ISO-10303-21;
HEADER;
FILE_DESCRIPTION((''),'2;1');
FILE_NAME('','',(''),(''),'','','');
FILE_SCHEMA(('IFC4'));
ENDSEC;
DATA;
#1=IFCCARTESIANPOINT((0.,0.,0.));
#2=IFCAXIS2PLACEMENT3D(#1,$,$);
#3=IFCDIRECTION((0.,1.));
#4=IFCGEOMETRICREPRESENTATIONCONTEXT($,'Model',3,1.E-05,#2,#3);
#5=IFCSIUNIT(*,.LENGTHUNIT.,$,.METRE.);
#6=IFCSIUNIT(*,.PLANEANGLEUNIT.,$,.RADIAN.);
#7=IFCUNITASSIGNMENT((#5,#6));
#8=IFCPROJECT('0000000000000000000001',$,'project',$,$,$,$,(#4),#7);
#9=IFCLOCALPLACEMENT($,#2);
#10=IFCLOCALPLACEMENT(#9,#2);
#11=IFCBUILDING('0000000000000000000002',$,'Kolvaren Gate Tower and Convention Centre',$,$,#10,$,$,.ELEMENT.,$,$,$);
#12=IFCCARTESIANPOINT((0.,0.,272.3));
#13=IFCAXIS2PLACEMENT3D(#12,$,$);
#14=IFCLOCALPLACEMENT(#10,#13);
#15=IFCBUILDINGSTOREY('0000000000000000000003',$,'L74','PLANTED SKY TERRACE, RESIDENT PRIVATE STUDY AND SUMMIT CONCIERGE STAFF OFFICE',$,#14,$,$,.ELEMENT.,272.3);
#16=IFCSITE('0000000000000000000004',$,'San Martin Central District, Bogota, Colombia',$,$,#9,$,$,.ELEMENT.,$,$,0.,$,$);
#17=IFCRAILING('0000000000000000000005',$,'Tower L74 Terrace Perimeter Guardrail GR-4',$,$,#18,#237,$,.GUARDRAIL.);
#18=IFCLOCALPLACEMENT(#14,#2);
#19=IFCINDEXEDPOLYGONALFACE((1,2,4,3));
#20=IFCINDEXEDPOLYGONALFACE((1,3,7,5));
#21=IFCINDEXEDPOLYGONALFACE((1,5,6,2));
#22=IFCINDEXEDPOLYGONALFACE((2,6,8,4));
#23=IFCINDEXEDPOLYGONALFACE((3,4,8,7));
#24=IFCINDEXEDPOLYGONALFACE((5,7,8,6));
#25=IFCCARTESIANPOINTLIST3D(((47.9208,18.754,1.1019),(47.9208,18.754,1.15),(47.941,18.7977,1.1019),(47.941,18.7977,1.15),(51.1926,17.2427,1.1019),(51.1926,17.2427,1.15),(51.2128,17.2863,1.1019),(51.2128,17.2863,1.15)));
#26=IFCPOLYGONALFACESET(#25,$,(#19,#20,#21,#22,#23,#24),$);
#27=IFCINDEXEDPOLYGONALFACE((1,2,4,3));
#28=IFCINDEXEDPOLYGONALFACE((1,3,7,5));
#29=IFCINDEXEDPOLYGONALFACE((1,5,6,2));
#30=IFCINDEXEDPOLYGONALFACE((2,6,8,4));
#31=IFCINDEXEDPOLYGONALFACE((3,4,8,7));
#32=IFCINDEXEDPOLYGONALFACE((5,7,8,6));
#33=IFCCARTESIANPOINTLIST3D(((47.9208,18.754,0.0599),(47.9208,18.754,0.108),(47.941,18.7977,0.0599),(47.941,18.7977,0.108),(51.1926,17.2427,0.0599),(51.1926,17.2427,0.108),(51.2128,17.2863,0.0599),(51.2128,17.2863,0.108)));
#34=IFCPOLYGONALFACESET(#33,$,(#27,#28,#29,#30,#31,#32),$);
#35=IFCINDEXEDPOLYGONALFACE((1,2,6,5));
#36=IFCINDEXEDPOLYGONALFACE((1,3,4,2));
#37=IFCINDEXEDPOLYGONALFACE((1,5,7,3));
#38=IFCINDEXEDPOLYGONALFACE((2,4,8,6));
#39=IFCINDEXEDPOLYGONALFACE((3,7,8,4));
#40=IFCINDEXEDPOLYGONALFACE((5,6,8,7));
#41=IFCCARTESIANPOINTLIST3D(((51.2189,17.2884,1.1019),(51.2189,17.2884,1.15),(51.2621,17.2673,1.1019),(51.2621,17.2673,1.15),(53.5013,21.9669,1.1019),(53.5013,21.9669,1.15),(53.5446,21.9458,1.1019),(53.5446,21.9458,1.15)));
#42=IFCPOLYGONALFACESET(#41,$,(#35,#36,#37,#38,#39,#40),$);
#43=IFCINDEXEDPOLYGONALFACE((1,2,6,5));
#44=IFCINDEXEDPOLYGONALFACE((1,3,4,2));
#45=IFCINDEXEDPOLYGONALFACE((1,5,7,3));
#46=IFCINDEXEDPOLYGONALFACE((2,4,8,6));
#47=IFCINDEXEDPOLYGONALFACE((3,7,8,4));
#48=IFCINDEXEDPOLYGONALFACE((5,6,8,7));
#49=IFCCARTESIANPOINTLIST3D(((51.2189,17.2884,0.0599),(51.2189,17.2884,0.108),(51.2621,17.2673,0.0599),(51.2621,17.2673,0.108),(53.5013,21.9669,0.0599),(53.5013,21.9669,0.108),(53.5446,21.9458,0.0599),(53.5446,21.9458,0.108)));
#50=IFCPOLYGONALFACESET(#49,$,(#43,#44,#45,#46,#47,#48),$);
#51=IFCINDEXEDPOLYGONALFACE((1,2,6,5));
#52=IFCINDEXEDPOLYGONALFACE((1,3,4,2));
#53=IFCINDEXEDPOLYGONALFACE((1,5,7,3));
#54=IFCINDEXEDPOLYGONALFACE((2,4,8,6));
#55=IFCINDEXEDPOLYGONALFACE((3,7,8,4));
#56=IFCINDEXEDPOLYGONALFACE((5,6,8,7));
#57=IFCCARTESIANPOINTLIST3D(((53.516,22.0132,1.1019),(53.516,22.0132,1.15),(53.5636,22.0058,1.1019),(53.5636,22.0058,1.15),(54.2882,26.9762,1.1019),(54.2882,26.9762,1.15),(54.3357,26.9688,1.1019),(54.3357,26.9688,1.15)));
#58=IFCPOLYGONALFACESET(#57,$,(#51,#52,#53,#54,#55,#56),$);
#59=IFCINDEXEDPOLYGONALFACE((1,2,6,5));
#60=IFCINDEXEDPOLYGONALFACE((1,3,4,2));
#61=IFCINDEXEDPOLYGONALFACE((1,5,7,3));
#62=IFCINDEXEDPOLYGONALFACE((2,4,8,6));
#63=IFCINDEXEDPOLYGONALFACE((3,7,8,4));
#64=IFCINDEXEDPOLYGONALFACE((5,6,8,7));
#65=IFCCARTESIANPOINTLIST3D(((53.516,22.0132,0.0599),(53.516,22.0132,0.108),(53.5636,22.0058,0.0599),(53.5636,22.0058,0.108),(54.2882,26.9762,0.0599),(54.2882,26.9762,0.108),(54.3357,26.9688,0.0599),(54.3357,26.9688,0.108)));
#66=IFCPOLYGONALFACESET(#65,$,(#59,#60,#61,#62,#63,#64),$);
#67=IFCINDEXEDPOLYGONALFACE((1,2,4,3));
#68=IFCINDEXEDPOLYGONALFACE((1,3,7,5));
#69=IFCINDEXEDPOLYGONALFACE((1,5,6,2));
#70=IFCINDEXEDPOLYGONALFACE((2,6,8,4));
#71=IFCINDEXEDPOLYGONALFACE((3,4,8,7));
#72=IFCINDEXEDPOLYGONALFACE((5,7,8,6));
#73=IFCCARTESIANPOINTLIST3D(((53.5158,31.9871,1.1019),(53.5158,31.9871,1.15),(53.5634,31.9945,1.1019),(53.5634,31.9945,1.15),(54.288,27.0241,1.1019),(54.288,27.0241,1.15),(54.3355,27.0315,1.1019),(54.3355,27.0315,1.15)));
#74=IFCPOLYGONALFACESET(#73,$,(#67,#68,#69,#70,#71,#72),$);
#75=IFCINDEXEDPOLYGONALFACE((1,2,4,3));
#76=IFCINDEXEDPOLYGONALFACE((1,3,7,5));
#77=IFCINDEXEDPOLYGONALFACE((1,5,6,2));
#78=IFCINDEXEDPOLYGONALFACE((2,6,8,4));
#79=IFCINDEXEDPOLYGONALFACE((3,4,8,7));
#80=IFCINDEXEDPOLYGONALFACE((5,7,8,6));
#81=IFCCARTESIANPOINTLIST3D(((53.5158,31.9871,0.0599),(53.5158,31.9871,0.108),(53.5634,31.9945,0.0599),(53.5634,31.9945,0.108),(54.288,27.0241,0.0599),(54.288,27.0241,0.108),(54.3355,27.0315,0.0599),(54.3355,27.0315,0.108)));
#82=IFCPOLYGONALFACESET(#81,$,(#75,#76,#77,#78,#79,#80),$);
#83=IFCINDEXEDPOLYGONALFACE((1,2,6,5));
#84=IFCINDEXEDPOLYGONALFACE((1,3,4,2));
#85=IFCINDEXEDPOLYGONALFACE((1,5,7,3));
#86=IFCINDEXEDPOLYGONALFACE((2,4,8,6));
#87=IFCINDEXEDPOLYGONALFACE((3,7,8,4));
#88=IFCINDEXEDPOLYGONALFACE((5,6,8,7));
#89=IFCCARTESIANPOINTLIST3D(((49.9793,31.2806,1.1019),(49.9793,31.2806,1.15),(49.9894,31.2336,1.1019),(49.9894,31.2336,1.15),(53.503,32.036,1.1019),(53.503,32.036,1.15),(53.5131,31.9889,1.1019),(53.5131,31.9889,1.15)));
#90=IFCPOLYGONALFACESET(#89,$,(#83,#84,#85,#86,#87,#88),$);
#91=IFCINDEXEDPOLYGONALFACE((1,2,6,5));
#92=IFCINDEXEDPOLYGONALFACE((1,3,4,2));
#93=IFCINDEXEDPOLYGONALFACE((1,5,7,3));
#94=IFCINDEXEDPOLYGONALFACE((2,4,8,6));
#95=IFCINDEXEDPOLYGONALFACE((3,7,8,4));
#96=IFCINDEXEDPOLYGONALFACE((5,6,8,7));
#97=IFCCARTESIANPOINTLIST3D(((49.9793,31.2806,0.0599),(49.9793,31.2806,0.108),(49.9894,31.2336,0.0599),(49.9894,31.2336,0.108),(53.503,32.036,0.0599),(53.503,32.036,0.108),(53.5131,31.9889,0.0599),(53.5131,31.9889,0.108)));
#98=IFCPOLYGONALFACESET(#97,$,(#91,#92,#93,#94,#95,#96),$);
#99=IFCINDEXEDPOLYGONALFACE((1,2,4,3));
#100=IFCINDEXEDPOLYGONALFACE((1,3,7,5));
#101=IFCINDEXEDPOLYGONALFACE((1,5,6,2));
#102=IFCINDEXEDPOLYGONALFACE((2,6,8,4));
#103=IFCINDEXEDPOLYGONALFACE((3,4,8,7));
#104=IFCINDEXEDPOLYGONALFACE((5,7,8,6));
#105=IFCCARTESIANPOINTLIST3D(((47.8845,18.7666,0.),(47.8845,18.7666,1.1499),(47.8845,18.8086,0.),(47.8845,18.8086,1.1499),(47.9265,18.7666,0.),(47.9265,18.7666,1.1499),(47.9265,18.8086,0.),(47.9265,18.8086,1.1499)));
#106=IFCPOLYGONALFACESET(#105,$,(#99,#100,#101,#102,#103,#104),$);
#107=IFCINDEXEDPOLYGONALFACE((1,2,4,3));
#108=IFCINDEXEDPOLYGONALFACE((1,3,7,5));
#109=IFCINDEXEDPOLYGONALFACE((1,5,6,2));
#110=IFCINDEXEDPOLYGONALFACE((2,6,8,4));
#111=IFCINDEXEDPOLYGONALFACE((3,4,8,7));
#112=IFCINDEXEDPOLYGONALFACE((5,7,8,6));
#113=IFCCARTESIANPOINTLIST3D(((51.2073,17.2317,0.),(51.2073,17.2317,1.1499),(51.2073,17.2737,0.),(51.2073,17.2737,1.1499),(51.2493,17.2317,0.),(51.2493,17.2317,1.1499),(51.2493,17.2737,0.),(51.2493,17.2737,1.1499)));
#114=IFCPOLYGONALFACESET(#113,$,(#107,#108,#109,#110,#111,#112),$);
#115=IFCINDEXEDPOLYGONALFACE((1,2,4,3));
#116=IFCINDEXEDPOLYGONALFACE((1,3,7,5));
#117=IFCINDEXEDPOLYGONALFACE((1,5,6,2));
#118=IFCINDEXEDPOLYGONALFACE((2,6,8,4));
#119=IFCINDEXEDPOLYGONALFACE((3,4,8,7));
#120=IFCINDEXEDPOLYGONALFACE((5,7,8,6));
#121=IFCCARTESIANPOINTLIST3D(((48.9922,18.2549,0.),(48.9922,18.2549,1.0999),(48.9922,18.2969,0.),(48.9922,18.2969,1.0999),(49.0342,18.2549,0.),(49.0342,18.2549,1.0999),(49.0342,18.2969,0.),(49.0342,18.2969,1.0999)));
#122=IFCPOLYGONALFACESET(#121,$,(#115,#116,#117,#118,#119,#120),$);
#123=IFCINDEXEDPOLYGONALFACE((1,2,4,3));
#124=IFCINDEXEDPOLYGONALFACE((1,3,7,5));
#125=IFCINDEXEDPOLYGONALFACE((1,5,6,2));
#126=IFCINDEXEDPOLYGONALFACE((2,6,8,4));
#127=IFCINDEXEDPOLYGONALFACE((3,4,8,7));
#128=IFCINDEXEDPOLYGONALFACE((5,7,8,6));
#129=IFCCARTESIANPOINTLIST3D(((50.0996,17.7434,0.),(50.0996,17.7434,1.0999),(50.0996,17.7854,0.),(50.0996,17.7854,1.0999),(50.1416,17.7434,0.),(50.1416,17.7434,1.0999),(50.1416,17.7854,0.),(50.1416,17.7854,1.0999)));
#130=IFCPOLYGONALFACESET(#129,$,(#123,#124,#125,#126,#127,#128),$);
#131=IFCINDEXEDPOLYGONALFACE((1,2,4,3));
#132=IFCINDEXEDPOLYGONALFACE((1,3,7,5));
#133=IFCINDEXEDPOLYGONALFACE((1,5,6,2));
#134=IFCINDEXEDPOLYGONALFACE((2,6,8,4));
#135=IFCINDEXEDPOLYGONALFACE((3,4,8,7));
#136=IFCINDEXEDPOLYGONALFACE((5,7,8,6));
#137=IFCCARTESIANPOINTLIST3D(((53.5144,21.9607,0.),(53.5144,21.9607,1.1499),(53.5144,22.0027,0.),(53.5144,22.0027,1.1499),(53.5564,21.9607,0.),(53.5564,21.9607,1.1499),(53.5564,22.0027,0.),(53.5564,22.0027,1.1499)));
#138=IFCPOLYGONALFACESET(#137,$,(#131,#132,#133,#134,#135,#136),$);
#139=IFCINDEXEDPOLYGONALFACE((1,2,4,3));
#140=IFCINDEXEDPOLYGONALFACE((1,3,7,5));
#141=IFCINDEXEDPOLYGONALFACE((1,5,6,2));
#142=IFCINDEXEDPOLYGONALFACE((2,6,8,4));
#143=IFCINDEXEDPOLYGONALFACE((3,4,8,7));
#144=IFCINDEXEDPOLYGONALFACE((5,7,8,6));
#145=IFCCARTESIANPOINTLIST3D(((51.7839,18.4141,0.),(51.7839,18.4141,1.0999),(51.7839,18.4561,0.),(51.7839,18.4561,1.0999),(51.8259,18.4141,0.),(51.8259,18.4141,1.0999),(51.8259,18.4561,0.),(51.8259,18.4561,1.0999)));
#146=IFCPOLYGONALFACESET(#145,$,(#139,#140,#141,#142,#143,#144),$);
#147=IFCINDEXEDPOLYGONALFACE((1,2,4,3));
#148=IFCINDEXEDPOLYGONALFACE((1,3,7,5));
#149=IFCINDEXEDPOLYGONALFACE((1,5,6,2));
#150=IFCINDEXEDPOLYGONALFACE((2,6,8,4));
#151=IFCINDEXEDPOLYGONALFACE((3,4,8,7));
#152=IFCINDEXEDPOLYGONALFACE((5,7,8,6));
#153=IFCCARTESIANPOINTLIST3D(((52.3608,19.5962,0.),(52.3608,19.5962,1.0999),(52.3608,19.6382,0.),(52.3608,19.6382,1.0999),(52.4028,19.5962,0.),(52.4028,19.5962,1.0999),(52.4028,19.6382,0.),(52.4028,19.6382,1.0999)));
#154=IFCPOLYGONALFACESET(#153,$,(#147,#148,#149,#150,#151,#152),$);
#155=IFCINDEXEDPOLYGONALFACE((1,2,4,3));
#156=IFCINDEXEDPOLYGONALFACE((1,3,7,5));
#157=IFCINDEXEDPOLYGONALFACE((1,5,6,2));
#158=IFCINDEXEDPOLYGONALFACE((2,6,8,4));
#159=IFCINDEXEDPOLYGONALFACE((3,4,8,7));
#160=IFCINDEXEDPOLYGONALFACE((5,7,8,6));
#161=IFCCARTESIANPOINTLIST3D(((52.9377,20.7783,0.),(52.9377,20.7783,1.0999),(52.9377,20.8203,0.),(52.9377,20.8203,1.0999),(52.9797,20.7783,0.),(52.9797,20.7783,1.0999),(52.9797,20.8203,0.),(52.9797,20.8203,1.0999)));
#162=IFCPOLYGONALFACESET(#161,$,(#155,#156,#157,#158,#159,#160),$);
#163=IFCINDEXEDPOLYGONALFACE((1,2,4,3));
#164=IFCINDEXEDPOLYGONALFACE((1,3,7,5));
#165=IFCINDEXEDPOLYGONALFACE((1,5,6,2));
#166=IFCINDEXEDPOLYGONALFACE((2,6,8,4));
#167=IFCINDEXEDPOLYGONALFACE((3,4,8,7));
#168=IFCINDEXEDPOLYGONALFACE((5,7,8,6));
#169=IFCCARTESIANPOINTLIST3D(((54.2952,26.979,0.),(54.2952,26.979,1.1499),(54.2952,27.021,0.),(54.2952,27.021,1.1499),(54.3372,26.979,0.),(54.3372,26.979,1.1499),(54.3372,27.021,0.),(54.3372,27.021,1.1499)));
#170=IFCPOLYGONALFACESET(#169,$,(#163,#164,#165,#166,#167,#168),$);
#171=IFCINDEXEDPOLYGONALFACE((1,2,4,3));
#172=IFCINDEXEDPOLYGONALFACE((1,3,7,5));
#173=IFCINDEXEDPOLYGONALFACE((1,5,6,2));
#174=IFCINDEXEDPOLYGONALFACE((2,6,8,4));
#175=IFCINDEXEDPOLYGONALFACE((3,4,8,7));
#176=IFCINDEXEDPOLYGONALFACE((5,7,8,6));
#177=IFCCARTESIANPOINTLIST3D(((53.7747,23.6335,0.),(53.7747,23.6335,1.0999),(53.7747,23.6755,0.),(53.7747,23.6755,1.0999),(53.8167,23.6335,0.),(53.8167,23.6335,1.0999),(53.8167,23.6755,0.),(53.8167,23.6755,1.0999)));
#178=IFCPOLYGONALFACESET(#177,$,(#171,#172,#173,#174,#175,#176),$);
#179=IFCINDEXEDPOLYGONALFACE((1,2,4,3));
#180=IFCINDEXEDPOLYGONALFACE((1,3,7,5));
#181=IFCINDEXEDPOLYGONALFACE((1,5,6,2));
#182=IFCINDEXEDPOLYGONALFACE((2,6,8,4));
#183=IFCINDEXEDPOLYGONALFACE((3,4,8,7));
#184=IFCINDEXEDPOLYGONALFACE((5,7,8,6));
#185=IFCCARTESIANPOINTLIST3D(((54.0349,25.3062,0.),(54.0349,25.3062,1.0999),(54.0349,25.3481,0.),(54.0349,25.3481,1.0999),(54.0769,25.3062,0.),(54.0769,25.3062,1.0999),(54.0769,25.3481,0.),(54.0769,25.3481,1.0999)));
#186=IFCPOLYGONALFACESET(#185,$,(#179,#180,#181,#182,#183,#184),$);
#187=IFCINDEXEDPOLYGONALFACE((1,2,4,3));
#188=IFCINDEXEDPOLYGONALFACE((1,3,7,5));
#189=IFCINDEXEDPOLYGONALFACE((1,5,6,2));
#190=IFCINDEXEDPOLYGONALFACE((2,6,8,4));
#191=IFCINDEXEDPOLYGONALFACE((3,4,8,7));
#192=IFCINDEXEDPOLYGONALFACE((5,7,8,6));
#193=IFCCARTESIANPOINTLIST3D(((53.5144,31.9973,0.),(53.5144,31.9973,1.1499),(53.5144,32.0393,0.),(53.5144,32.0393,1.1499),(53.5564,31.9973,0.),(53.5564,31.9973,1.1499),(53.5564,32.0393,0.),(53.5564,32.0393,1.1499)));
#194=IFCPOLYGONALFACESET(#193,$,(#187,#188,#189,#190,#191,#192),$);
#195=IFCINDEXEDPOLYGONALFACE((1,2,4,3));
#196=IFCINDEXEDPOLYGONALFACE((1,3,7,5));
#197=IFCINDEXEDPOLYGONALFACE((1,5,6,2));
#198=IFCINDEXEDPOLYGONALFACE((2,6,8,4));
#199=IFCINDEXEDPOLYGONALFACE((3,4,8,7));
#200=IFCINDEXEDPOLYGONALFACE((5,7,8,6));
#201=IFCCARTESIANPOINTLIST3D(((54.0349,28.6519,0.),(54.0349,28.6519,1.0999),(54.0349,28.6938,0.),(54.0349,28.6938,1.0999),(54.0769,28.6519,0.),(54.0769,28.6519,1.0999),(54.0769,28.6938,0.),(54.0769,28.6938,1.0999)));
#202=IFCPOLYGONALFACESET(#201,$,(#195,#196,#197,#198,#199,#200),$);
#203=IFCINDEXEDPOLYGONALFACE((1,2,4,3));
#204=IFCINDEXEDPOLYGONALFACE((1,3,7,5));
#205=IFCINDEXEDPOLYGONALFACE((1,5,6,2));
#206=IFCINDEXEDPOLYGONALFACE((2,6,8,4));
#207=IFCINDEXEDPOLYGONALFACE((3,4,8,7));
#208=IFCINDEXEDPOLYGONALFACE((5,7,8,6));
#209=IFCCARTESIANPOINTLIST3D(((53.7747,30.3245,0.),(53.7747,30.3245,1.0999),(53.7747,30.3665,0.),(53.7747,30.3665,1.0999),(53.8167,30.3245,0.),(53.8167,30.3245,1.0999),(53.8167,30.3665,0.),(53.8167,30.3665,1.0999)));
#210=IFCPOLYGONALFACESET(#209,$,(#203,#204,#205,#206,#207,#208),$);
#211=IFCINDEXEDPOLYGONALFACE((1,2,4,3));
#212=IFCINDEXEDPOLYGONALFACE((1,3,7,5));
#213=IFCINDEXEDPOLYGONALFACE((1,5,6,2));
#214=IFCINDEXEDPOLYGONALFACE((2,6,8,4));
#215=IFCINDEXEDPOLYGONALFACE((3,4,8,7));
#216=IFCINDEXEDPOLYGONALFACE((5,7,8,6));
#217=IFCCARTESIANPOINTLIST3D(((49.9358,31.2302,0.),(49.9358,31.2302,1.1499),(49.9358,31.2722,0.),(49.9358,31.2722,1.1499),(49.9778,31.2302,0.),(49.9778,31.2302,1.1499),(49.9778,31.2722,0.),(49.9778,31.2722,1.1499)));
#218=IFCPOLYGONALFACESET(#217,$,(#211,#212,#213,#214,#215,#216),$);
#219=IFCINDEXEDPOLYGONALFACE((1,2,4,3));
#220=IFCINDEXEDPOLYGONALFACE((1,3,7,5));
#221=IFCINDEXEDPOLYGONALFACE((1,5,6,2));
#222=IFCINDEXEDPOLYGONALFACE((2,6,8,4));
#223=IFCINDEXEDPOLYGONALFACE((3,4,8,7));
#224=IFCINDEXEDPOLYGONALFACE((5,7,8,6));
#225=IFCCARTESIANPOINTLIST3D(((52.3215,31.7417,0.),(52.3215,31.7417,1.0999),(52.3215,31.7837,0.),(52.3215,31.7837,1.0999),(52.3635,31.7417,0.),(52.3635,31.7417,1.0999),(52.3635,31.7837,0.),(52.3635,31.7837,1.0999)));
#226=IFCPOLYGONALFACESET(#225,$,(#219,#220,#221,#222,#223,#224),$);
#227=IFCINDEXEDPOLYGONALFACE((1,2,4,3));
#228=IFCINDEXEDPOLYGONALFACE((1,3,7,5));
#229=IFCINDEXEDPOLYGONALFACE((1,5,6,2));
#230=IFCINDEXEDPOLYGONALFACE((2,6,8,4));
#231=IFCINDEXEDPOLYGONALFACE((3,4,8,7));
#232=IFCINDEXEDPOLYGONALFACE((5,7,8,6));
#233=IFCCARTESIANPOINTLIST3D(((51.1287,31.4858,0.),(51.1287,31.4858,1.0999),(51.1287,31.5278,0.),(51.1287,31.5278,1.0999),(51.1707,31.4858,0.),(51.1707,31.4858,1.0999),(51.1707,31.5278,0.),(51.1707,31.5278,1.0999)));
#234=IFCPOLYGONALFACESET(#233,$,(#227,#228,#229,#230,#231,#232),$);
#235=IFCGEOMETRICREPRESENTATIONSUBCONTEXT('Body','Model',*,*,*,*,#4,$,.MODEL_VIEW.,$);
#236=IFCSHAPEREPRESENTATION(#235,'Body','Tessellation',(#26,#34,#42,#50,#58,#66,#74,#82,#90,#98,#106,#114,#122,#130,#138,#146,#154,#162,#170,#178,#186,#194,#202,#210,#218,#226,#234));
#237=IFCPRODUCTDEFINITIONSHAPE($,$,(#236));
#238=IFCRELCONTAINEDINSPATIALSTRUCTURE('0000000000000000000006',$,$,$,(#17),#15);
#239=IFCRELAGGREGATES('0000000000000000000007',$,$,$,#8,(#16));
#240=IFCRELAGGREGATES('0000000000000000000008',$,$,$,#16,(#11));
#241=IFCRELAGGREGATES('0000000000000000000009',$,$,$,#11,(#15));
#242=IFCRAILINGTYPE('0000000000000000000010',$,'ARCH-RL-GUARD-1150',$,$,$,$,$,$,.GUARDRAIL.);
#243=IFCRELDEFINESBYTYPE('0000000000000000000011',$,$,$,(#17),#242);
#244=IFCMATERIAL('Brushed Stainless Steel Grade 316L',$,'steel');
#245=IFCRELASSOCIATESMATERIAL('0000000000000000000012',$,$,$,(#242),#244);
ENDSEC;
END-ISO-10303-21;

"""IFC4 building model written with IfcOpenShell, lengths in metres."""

from ifc_helpers import new_model, si_unit, direction, frame, origin, origin_2d, place, context, subcontext, project, spatial, rectangle, extrude, material, type_object, element, save


model = new_model("IFC4")

# Units and contexts
model_context = context("Model", 3, precision=1e-05, world=origin(), true_north=direction((0.0, 1.0)))
body_context = subcontext(model_context, "Body", "Model", "MODEL_VIEW")
ifc_project = project(units=[si_unit("LENGTHUNIT", "METRE"), si_unit("PLANEANGLEUNIT", "RADIAN")], contexts=[model_context])

# Site, building, storey
site_placement = place(None, origin())
site = spatial("IfcSite", under=ifc_project, at=site_placement, Name="San Martin Central District, Bogota, Colombia", CompositionType="ELEMENT", RefElevation=0.0)
building_placement = place(site_placement, origin())
building = spatial("IfcBuilding", under=site, at=building_placement, Name="Kolvaren Gate Tower and Convention Centre", CompositionType="ELEMENT")
storey_placement = place(building_placement, frame((0.0, 0.0, 272.3)))
storey = spatial("IfcBuildingStorey", under=building, at=storey_placement, Name="L74", Description="PLANTED SKY TERRACE, RESIDENT PRIVATE STUDY AND SUMMIT CONCIERGE STAFF OFFICE", CompositionType="ELEMENT", Elevation=272.3)

# Railing
ifc_material_1 = material(Name="Brushed Stainless Steel Grade 316L", Category="steel")
railing_type = type_object("IfcRailingType", Name="ARCH-RL-GUARD-1150", PredefinedType="GUARDRAIL", material=ifc_material_1)
railing_placement = place(storey_placement, frame((47.9055, 18.7876, 0.0)))
element("IfcRailing", 1, at=railing_placement, inside=storey, type_object=railing_type, Name="Tower L74 Terrace Perimeter Guardrail GR-4", PredefinedType="GUARDRAIL", context=body_context, shape_type="SweptSolid", body=[
    extrude(rectangle(XDim=0.0481, YDim=0.0481, at=origin_2d()), frame((0.0254, -0.0117, 1.126), z_axis=(0.907821, -0.419358, 0.0), x_axis=(0.419358, 0.907821, 0.0)), (0.0, 0.0, 1.0), 3.604),
    extrude(rectangle(XDim=0.0481, YDim=0.0481, at=origin_2d()), frame((0.0254, -0.0117, 0.084), z_axis=(0.907821, -0.419358, 0.0), x_axis=(0.419358, 0.907821, 0.0)), (0.0, 0.0, 1.0), 3.604),
    extrude(rectangle(XDim=0.0481, YDim=0.0481, at=origin_2d()), frame((3.335, -1.5098, 1.126), z_axis=(0.438469, 0.898746, 0.0), x_axis=(-0.898746, 0.438469, 0.0)), (0.0, 0.0, 1.0), 5.2056),
    extrude(rectangle(XDim=0.0481, YDim=0.0481, at=origin_2d()), frame((3.335, -1.5098, 0.084), z_axis=(0.438469, 0.898746, 0.0), x_axis=(-0.898746, 0.438469, 0.0)), (0.0, 0.0, 1.0), 5.2056),
    extrude(rectangle(XDim=0.0481, YDim=0.0481, at=origin_2d()), frame((5.6343, 3.2219, 1.126), z_axis=(0.153733, 0.988112, 0.0), x_axis=(-0.988112, 0.153733, 0.0)), (0.0, 0.0, 1.0), 5.0227),
    extrude(rectangle(XDim=0.0481, YDim=0.0481, at=origin_2d()), frame((5.6343, 3.2219, 0.084), z_axis=(0.153733, 0.988112, 0.0), x_axis=(-0.988112, 0.153733, 0.0)), (0.0, 0.0, 1.0), 5.0227),
    extrude(rectangle(XDim=0.0481, YDim=0.0481, at=origin_2d()), frame((6.4062, 8.2402, 1.126), z_axis=(-0.153733, 0.988112, 0.0), x_axis=(-0.988112, -0.153733, 0.0)), (0.0, 0.0, 1.0), 5.0227),
    extrude(rectangle(XDim=0.0481, YDim=0.0481, at=origin_2d()), frame((6.4062, 8.2402, 0.084), z_axis=(-0.153733, 0.988112, 0.0), x_axis=(-0.988112, -0.153733, 0.0)), (0.0, 0.0, 1.0), 5.0227),
    extrude(rectangle(XDim=0.0481, YDim=0.0481, at=origin_2d()), frame((5.6025, 13.2249, 1.126), z_axis=(-0.977789, -0.209593, 0.0), x_axis=(0.209593, -0.977789, 0.0)), (0.0, 0.0, 1.0), 3.6038),
    extrude(rectangle(XDim=0.0481, YDim=0.0481, at=origin_2d()), frame((5.6025, 13.2249, 0.084), z_axis=(-0.977789, -0.209593, 0.0), x_axis=(0.209593, -0.977789, 0.0)), (0.0, 0.0, 1.0), 3.6038),
    extrude(rectangle(XDim=0.042, YDim=0.042, at=origin_2d()), origin(), (0.0, 0.0, 1.0), 1.1499),
    extrude(rectangle(XDim=0.042, YDim=0.042, at=origin_2d()), frame((3.3228, -1.5349, 0.0)), (0.0, 0.0, 1.0), 1.1499),
    extrude(rectangle(XDim=0.042, YDim=0.042, at=origin_2d()), frame((1.1077, -0.5117, 0.0)), (0.0, 0.0, 1.0), 1.0999),
    extrude(rectangle(XDim=0.042, YDim=0.042, at=origin_2d()), frame((2.2151, -1.0232, 0.0)), (0.0, 0.0, 1.0), 1.0999),
    extrude(rectangle(XDim=0.042, YDim=0.042, at=origin_2d()), frame((5.6299, 3.1941, 0.0)), (0.0, 0.0, 1.0), 1.1499),
    extrude(rectangle(XDim=0.042, YDim=0.042, at=origin_2d()), frame((3.8994, -0.3525, 0.0)), (0.0, 0.0, 1.0), 1.0999),
    extrude(rectangle(XDim=0.042, YDim=0.042, at=origin_2d()), frame((4.4763, 0.8296, 0.0)), (0.0, 0.0, 1.0), 1.0999),
    extrude(rectangle(XDim=0.042, YDim=0.042, at=origin_2d()), frame((5.0532, 2.0117, 0.0)), (0.0, 0.0, 1.0), 1.0999),
    extrude(rectangle(XDim=0.042, YDim=0.042, at=origin_2d()), frame((6.4106, 8.2124, 0.0)), (0.0, 0.0, 1.0), 1.1499),
    extrude(rectangle(XDim=0.042, YDim=0.042, at=origin_2d()), frame((5.8901, 4.8669, 0.0)), (0.0, 0.0, 1.0), 1.0999),
    extrude(rectangle(XDim=0.042, YDim=0.042, at=origin_2d()), frame((6.1504, 6.5396, 0.0)), (0.0, 0.0, 1.0), 1.0999),
    extrude(rectangle(XDim=0.042, YDim=0.042, at=origin_2d()), frame((5.6299, 13.2307, 0.0)), (0.0, 0.0, 1.0), 1.1499),
    extrude(rectangle(XDim=0.042, YDim=0.042, at=origin_2d()), frame((6.1504, 9.8853, 0.0)), (0.0, 0.0, 1.0), 1.0999),
    extrude(rectangle(XDim=0.042, YDim=0.042, at=origin_2d()), frame((5.8901, 11.5579, 0.0)), (0.0, 0.0, 1.0), 1.0999),
    extrude(rectangle(XDim=0.042, YDim=0.042, at=origin_2d()), frame((2.0513, 12.4636, 0.0)), (0.0, 0.0, 1.0), 1.1499),
    extrude(rectangle(XDim=0.042, YDim=0.042, at=origin_2d()), frame((4.437, 12.9751, 0.0)), (0.0, 0.0, 1.0), 1.0999),
    extrude(rectangle(XDim=0.042, YDim=0.042, at=origin_2d()), frame((3.2441, 12.7192, 0.0)), (0.0, 0.0, 1.0), 1.0999),
])

save(model, "model.ifc")
